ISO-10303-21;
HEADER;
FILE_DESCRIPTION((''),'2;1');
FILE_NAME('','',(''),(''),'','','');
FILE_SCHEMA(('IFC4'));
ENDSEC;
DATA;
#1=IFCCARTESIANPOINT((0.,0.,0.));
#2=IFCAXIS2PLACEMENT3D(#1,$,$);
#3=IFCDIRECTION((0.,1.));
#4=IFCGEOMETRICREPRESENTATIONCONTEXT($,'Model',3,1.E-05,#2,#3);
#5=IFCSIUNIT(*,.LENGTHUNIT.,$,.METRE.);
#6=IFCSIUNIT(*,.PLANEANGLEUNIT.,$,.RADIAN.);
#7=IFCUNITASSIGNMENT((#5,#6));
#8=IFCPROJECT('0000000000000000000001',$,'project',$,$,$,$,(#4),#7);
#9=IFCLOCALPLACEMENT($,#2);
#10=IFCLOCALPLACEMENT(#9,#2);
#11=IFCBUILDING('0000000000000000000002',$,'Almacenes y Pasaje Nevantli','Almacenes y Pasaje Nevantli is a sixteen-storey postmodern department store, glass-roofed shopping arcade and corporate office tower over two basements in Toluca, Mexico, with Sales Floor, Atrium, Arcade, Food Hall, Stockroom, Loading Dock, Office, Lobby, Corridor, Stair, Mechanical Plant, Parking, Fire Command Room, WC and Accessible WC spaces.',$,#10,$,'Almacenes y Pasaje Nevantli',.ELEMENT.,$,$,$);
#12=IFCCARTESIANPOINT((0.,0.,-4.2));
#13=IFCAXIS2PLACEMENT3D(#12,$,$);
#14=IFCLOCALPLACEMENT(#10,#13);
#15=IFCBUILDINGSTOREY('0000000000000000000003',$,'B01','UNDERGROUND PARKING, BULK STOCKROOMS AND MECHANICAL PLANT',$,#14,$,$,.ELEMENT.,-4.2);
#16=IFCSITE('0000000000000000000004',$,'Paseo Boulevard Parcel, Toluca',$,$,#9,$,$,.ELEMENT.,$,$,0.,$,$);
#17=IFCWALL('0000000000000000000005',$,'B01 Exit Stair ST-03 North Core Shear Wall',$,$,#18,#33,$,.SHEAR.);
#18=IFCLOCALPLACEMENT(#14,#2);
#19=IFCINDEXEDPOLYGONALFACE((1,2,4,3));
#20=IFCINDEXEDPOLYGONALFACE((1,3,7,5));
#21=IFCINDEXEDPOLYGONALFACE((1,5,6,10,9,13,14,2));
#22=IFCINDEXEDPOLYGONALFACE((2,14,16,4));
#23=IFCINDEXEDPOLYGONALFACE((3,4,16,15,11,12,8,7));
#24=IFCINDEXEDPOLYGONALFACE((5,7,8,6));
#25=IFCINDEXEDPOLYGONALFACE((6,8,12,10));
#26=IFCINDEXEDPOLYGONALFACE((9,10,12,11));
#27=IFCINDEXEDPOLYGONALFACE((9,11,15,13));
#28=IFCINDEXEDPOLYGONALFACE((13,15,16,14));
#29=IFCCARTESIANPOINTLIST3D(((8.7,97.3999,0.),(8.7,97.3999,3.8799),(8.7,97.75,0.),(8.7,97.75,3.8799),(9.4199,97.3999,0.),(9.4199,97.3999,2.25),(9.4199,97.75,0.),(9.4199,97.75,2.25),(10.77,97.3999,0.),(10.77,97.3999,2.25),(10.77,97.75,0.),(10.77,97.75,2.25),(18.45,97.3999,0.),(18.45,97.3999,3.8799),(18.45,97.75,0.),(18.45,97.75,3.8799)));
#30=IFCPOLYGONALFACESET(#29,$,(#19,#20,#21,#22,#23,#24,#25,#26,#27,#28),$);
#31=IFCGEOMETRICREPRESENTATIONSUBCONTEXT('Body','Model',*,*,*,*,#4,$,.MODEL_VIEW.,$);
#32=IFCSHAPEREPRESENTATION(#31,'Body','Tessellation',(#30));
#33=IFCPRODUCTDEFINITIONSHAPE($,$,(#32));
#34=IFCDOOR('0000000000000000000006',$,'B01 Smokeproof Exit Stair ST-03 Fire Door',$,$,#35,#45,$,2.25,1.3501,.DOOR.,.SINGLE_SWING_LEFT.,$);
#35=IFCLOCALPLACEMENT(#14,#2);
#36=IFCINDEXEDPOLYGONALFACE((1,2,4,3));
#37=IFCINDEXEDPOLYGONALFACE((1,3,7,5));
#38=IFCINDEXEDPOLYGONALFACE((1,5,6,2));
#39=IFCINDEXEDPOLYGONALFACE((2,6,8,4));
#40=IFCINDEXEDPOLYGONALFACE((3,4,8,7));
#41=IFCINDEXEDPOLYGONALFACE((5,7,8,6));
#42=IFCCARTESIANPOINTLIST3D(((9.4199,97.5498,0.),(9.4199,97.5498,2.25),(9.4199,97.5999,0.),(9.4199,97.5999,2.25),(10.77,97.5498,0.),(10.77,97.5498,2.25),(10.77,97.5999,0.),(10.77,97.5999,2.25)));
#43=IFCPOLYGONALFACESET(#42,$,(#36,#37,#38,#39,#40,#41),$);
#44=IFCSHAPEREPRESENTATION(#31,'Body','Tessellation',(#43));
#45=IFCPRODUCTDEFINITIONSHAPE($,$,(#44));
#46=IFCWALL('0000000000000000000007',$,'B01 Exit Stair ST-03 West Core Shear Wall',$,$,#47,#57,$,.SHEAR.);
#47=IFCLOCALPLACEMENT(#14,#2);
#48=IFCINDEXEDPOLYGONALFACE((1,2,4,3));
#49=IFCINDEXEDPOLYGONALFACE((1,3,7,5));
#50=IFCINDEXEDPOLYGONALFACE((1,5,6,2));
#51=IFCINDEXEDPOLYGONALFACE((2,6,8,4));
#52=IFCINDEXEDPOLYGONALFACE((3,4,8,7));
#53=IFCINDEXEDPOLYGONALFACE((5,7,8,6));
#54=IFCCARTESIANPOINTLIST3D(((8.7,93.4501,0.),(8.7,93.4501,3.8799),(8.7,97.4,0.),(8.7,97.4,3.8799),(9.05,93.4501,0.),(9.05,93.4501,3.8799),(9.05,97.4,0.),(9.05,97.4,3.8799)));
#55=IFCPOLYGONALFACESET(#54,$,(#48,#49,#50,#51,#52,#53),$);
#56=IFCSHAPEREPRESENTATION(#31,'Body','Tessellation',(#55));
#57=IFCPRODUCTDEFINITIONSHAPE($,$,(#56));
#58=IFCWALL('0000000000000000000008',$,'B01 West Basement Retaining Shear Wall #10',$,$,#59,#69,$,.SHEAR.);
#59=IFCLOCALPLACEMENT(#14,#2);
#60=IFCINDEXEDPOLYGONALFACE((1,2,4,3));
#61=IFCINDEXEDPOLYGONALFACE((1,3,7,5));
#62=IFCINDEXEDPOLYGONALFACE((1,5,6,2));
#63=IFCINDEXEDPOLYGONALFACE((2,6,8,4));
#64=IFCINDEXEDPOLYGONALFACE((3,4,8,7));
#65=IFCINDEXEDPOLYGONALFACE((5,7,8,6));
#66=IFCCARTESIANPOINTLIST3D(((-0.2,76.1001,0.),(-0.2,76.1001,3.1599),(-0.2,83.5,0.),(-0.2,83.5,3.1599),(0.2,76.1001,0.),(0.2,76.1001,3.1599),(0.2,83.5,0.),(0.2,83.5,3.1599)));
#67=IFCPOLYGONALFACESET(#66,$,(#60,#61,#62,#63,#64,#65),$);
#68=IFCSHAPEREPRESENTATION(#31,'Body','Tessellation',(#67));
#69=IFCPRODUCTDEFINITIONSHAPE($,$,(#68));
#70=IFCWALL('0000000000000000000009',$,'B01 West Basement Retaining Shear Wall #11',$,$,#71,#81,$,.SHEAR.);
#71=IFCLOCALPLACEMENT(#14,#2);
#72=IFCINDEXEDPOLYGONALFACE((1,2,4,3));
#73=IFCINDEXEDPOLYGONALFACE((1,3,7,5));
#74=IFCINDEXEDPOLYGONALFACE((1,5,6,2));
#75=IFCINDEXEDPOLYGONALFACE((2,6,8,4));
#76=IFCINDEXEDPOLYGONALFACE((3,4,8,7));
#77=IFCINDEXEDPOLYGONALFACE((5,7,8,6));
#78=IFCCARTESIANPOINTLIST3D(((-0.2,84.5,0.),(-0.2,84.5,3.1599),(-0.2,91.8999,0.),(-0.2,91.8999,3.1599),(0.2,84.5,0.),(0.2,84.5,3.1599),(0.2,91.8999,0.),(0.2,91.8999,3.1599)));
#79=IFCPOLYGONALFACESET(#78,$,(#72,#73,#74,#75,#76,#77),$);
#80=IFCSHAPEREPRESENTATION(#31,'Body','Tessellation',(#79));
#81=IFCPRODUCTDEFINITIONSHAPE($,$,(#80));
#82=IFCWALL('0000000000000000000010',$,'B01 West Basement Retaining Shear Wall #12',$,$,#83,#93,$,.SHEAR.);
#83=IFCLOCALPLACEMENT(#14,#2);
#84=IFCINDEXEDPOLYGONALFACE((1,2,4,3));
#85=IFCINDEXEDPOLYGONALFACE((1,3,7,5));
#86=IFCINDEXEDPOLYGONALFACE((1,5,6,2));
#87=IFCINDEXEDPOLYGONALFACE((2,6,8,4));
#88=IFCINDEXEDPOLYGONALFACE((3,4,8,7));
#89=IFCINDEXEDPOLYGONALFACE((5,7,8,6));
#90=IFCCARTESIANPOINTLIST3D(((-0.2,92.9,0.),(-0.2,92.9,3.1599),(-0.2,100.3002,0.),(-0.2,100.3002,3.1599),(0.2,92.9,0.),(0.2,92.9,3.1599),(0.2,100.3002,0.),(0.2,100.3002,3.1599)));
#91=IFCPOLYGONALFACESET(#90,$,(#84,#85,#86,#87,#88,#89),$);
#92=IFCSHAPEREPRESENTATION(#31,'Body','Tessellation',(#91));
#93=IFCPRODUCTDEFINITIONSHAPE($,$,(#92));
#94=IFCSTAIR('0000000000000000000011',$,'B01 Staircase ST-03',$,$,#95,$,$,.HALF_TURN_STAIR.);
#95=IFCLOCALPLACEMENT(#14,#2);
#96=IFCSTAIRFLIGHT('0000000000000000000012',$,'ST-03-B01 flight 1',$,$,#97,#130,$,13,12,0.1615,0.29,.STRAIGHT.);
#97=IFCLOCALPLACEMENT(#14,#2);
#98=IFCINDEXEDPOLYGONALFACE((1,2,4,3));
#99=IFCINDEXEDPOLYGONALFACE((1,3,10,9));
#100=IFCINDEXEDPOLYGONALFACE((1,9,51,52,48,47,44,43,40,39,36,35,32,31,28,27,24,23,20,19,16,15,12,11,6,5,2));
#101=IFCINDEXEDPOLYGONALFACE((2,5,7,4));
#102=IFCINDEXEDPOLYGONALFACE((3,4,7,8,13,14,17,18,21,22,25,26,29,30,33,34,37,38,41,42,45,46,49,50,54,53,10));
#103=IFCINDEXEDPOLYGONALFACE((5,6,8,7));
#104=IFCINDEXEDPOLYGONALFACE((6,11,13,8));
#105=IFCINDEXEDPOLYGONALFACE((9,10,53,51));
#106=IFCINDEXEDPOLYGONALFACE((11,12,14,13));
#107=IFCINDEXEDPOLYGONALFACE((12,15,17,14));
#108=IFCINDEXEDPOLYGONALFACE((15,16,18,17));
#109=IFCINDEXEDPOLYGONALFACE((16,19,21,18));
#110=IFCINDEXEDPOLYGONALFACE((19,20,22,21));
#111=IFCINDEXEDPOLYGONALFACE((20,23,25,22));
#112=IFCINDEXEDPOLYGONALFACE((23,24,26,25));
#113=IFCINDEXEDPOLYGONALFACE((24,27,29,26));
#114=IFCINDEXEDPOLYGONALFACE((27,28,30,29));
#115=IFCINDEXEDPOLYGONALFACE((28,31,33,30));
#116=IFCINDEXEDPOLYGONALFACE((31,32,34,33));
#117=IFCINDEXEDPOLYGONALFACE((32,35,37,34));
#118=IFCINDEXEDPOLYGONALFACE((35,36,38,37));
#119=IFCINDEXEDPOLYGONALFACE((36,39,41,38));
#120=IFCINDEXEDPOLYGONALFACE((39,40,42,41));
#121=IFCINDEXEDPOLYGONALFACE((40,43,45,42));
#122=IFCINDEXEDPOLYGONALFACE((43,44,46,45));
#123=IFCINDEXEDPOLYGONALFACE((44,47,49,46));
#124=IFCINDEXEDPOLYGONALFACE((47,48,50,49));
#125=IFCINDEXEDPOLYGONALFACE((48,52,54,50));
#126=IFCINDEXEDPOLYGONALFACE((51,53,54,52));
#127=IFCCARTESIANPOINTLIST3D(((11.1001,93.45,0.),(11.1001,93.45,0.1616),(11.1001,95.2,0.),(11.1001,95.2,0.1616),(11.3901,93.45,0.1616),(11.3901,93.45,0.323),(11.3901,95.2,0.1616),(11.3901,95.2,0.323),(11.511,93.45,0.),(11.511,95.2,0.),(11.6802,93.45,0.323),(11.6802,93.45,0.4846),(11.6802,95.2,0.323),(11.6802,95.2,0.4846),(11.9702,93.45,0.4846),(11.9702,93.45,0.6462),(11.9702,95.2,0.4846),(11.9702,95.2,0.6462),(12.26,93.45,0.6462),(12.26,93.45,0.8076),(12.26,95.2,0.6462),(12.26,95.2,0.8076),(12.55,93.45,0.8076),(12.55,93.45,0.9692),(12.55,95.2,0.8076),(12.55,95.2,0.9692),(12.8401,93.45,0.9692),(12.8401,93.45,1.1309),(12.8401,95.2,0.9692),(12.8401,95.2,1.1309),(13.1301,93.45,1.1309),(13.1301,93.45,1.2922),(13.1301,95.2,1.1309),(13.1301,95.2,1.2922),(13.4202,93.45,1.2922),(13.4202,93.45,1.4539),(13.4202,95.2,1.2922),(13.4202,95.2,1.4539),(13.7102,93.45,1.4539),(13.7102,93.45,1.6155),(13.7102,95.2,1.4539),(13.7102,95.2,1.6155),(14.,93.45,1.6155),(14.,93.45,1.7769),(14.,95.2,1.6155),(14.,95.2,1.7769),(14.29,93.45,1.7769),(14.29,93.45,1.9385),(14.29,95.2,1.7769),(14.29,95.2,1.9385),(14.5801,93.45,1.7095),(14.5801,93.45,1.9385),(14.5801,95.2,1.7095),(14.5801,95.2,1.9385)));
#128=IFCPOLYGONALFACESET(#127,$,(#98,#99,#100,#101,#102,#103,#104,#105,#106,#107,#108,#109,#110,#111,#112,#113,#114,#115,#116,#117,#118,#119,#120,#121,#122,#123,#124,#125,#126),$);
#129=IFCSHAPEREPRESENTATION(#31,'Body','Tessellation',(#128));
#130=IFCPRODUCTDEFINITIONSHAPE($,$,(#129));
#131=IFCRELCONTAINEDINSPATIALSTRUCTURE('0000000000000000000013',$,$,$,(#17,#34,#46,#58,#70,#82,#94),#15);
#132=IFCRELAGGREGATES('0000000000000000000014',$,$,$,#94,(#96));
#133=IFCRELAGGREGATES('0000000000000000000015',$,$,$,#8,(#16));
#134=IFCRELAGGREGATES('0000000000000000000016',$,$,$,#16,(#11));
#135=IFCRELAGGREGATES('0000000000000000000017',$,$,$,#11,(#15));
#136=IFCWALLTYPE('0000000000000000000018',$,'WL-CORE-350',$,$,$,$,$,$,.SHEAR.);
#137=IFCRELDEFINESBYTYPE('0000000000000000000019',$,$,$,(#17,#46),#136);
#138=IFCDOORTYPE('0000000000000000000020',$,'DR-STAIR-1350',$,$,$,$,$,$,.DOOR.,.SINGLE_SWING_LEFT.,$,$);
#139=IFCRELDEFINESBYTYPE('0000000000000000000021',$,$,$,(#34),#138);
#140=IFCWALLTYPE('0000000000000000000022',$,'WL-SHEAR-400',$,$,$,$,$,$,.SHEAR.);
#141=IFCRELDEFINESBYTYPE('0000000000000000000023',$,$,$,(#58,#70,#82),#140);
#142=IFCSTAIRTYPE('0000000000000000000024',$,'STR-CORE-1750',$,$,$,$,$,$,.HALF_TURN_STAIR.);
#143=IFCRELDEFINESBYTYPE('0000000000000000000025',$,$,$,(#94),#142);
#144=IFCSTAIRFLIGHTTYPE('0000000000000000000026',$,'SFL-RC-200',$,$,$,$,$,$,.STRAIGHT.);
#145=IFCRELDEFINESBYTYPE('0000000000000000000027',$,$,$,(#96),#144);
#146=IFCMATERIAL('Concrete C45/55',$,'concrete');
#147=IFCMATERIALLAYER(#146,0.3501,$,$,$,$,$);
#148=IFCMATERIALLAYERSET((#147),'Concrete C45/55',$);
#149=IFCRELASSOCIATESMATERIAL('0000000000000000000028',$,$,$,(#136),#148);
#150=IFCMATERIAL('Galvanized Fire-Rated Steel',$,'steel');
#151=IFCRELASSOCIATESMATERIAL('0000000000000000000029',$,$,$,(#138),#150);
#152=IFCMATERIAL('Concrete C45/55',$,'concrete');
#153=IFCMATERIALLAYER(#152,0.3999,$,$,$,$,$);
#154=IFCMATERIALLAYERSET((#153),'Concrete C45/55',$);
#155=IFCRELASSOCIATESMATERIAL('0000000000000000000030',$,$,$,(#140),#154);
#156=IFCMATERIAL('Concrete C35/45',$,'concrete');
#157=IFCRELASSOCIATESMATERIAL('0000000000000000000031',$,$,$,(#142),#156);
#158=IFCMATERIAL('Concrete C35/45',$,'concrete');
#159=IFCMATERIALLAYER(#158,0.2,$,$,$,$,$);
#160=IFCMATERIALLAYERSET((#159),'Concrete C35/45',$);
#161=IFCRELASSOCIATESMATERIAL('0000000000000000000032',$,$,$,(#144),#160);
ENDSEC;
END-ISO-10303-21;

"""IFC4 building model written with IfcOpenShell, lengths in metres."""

from ifc_helpers import new_model, si_unit, direction, frame, frame_2d, origin, place, context, subcontext, project, spatial, polyline, rectangle, outline, extrude, material, layer, layer_set, type_object, element, fill, aggregate, save


model = new_model("IFC4")

# Units and contexts
model_context = context("Model", 3, precision=1e-05, world=origin(), true_north=direction((0.0, 1.0)))
body_context = subcontext(model_context, "Body", "Model", "MODEL_VIEW")
ifc_project = project(units=[si_unit("LENGTHUNIT", "METRE"), si_unit("PLANEANGLEUNIT", "RADIAN")], contexts=[model_context])

# Site, building, storey
site_placement = place(None, origin())
site = spatial("IfcSite", under=ifc_project, at=site_placement, Name="Paseo Boulevard Parcel, Toluca", CompositionType="ELEMENT", RefElevation=0.0)
building_placement = place(site_placement, origin())
building = spatial("IfcBuilding", under=site, at=building_placement, Name="Almacenes y Pasaje Nevantli", Description="Almacenes y Pasaje Nevantli is a sixteen-storey postmodern department store, glass-roofed shopping arcade and corporate office tower over two basements in Toluca, Mexico, with Sales Floor, Atrium, Arcade, Food Hall, Stockroom, Loading Dock, Office, Lobby, Corridor, Stair, Mechanical Plant, Parking, Fire Command Room, WC and Accessible WC spaces.", LongName="Almacenes y Pasaje Nevantli", CompositionType="ELEMENT")
storey_placement = place(building_placement, frame((0.0, 0.0, -4.2)))
storey = spatial("IfcBuildingStorey", under=building, at=storey_placement, Name="B01", Description="UNDERGROUND PARKING, BULK STOCKROOMS AND MECHANICAL PLANT", CompositionType="ELEMENT", Elevation=-4.2)

# Shared definitions
ifc_material_1 = material(Name="Concrete C45/55", Category="concrete")
ifc_layer_1 = layer(ifc_material_1, 0.3501)
ifc_layer_set_1 = layer_set([ifc_layer_1], Name="Concrete C45/55")
wall_type_1 = type_object("IfcWallType", Name="WL-CORE-350", PredefinedType="SHEAR", material=ifc_layer_set_1)

# Wall, opening, door
wall_1_placement = place(storey_placement, frame((8.7, 97.575, 0.0), z_axis=(0.0, 0.0, 1.0), x_axis=(1.0, 0.0, 0.0)))
wall_1 = element("IfcWall", 1, at=wall_1_placement, inside=storey, type_object=wall_type_1, Name="B01 Exit Stair ST-03 North Core Shear Wall", PredefinedType="SHEAR", context=body_context, shape_type="SweptSolid", body=[
    extrude(rectangle(XDim=9.75, YDim=0.3501, at=frame_2d((4.875, 0.0))), origin(), (0.0, 0.0, 1.0), 3.8799),
])
opening_placement = place(wall_1_placement, frame((0.72, 0.0, 0.0)))
opening = element("IfcOpeningElement", 2, at=opening_placement, cuts=wall_1, PredefinedType="OPENING", context=body_context, shape_type="SweptSolid", body=[
    extrude(rectangle(XDim=1.3501, YDim=2.25, at=frame_2d((0.675, 1.125))), frame((0.0, 0.1851, 0.0), z_axis=(0.0, -1.0, 0.0), x_axis=(1.0, 0.0, 0.0)), (0.0, 0.0, 1.0), 0.3701),
])
ifc_material_2 = material(Name="Galvanized Fire-Rated Steel", Category="steel")
door_type = type_object("IfcDoorType", Name="DR-STAIR-1350", OperationType="SINGLE_SWING_LEFT", PredefinedType="DOOR", material=ifc_material_2)
door_placement = place(opening_placement, origin())
door = element("IfcDoor", 3, at=door_placement, inside=storey, type_object=door_type, Name="B01 Smokeproof Exit Stair ST-03 Fire Door", OperationType="SINGLE_SWING_LEFT", OverallHeight=2.25, OverallWidth=1.3501, PredefinedType="DOOR", context=body_context, shape_type="SweptSolid", body=[
    extrude(rectangle(XDim=1.3501, YDim=2.25, at=frame_2d((0.675, 1.125))), frame((0.0, 0.0249, 0.0), z_axis=(0.0, -1.0, 0.0), x_axis=(1.0, 0.0, 0.0)), (0.0, 0.0, 1.0), 0.05),
])
fill(opening, door)

# Walls
wall_2_placement = place(storey_placement, frame((8.875, 93.45, 0.0), z_axis=(0.0, 0.0, 1.0), x_axis=(0.0, 1.0, 0.0)))
element("IfcWall", 4, at=wall_2_placement, inside=storey, type_object=wall_type_1, Name="B01 Exit Stair ST-03 West Core Shear Wall", PredefinedType="SHEAR", context=body_context, shape_type="SweptSolid", body=[
    extrude(rectangle(XDim=3.95, YDim=0.3501, at=frame_2d((1.9751, 0.0))), origin(), (0.0, 0.0, 1.0), 3.8799),
])
ifc_material_3 = material(Name="Concrete C45/55", Category="concrete")
ifc_layer_2 = layer(ifc_material_3, 0.3999)
ifc_layer_set_2 = layer_set([ifc_layer_2], Name="Concrete C45/55")
wall_type_2 = type_object("IfcWallType", Name="WL-SHEAR-400", PredefinedType="SHEAR", material=ifc_layer_set_2)
for number, where, z_axis, x_axis, name in (
    (5, (0.0, 76.1001, 0.0), (0.0, 0.0, 1.0), (0.0, 1.0, 0.0), "B01 West Basement Retaining Shear Wall #10"),
    (6, (0.0, 84.5, 0.0), (0.0, 0.0, 1.0), (0.0, 1.0, 0.0), "B01 West Basement Retaining Shear Wall #11"),
):
    element("IfcWall", number, at=place(storey_placement, frame(where, z_axis=z_axis, x_axis=x_axis)), inside=storey, type_object=wall_type_2, Name=name, PredefinedType="SHEAR", context=body_context, shape_type="SweptSolid", body=[
        extrude(rectangle(XDim=7.3999, YDim=0.3999, at=frame_2d((3.7, 0.0))), origin(), (0.0, 0.0, 1.0), 3.1599),
    ])
wall_3_placement = place(storey_placement, frame((0.0, 92.8999, 0.0), z_axis=(0.0, 0.0, 1.0), x_axis=(0.0, 1.0, 0.0)))
element("IfcWall", 7, at=wall_3_placement, inside=storey, type_object=wall_type_2, Name="B01 West Basement Retaining Shear Wall #12", PredefinedType="SHEAR", context=body_context, shape_type="SweptSolid", body=[
    extrude(rectangle(XDim=7.4001, YDim=0.3999, at=frame_2d((3.7002, 0.0))), origin(), (0.0, 0.0, 1.0), 3.1599),
])

# Stair, stair flight
ifc_material_4 = material(Name="Concrete C35/45", Category="concrete")
stair_type = type_object("IfcStairType", Name="STR-CORE-1750", PredefinedType="HALF_TURN_STAIR", material=ifc_material_4)
stair_placement = place(storey_placement, origin())
stair = element("IfcStair", 8, at=stair_placement, inside=storey, type_object=stair_type, Name="B01 Staircase ST-03", PredefinedType="HALF_TURN_STAIR")
ifc_material_5 = material(Name="Concrete C35/45", Category="concrete")
ifc_layer_3 = layer(ifc_material_5, 0.2)
ifc_layer_set_3 = layer_set([ifc_layer_3], Name="Concrete C35/45")
stair_flight_type = type_object("IfcStairFlightType", Name="SFL-RC-200", PredefinedType="STRAIGHT", material=ifc_layer_set_3)
stair_flight_placement = place(storey_placement, frame((11.1001, 94.325, 0.0), z_axis=(0.0, 0.0, 1.0), x_axis=(1.0, 0.0, 0.0)))
stair_flight = element("IfcStairFlight", 9, at=stair_flight_placement, type_object=stair_flight_type, Name="ST-03-B01 flight 1", NumberOfRisers=13, NumberOfTreads=12, PredefinedType="STRAIGHT", RiserHeight=0.1615, TreadLength=0.29, context=body_context, shape_type="SweptSolid", body=[
    extrude(outline(polyline([(0.0, 0.0), (0.0, 0.1616), (0.29, 0.1616), (0.29, 0.323), (0.5801, 0.323), (0.5801, 0.4846), (0.8701, 0.4846), (0.8701, 0.6462), (1.1599, 0.6462), (1.1599, 0.8076), (1.45, 0.8076), (1.45, 0.9692), (1.74, 0.9692), (1.74, 1.1309), (2.03, 1.1309), (2.03, 1.2922), (2.3201, 1.2922), (2.3201, 1.4539), (2.6101, 1.4539), (2.6101, 1.6155), (2.8999, 1.6155), (2.8999, 1.7769), (3.1899, 1.7769), (3.1899, 1.9385), (3.48, 1.9385), (3.48, 2.1001), (3.48, 1.7095), (0.4109, 0.0), (0.0, 0.0)])), frame((0.0, 0.875, 0.0), z_axis=(0.0, -1.0, 0.0), x_axis=(1.0, 0.0, 0.0)), (0.0, 0.0, 1.0), 1.75),
])
aggregate(stair, [stair_flight])

save(model, "model.ifc")
